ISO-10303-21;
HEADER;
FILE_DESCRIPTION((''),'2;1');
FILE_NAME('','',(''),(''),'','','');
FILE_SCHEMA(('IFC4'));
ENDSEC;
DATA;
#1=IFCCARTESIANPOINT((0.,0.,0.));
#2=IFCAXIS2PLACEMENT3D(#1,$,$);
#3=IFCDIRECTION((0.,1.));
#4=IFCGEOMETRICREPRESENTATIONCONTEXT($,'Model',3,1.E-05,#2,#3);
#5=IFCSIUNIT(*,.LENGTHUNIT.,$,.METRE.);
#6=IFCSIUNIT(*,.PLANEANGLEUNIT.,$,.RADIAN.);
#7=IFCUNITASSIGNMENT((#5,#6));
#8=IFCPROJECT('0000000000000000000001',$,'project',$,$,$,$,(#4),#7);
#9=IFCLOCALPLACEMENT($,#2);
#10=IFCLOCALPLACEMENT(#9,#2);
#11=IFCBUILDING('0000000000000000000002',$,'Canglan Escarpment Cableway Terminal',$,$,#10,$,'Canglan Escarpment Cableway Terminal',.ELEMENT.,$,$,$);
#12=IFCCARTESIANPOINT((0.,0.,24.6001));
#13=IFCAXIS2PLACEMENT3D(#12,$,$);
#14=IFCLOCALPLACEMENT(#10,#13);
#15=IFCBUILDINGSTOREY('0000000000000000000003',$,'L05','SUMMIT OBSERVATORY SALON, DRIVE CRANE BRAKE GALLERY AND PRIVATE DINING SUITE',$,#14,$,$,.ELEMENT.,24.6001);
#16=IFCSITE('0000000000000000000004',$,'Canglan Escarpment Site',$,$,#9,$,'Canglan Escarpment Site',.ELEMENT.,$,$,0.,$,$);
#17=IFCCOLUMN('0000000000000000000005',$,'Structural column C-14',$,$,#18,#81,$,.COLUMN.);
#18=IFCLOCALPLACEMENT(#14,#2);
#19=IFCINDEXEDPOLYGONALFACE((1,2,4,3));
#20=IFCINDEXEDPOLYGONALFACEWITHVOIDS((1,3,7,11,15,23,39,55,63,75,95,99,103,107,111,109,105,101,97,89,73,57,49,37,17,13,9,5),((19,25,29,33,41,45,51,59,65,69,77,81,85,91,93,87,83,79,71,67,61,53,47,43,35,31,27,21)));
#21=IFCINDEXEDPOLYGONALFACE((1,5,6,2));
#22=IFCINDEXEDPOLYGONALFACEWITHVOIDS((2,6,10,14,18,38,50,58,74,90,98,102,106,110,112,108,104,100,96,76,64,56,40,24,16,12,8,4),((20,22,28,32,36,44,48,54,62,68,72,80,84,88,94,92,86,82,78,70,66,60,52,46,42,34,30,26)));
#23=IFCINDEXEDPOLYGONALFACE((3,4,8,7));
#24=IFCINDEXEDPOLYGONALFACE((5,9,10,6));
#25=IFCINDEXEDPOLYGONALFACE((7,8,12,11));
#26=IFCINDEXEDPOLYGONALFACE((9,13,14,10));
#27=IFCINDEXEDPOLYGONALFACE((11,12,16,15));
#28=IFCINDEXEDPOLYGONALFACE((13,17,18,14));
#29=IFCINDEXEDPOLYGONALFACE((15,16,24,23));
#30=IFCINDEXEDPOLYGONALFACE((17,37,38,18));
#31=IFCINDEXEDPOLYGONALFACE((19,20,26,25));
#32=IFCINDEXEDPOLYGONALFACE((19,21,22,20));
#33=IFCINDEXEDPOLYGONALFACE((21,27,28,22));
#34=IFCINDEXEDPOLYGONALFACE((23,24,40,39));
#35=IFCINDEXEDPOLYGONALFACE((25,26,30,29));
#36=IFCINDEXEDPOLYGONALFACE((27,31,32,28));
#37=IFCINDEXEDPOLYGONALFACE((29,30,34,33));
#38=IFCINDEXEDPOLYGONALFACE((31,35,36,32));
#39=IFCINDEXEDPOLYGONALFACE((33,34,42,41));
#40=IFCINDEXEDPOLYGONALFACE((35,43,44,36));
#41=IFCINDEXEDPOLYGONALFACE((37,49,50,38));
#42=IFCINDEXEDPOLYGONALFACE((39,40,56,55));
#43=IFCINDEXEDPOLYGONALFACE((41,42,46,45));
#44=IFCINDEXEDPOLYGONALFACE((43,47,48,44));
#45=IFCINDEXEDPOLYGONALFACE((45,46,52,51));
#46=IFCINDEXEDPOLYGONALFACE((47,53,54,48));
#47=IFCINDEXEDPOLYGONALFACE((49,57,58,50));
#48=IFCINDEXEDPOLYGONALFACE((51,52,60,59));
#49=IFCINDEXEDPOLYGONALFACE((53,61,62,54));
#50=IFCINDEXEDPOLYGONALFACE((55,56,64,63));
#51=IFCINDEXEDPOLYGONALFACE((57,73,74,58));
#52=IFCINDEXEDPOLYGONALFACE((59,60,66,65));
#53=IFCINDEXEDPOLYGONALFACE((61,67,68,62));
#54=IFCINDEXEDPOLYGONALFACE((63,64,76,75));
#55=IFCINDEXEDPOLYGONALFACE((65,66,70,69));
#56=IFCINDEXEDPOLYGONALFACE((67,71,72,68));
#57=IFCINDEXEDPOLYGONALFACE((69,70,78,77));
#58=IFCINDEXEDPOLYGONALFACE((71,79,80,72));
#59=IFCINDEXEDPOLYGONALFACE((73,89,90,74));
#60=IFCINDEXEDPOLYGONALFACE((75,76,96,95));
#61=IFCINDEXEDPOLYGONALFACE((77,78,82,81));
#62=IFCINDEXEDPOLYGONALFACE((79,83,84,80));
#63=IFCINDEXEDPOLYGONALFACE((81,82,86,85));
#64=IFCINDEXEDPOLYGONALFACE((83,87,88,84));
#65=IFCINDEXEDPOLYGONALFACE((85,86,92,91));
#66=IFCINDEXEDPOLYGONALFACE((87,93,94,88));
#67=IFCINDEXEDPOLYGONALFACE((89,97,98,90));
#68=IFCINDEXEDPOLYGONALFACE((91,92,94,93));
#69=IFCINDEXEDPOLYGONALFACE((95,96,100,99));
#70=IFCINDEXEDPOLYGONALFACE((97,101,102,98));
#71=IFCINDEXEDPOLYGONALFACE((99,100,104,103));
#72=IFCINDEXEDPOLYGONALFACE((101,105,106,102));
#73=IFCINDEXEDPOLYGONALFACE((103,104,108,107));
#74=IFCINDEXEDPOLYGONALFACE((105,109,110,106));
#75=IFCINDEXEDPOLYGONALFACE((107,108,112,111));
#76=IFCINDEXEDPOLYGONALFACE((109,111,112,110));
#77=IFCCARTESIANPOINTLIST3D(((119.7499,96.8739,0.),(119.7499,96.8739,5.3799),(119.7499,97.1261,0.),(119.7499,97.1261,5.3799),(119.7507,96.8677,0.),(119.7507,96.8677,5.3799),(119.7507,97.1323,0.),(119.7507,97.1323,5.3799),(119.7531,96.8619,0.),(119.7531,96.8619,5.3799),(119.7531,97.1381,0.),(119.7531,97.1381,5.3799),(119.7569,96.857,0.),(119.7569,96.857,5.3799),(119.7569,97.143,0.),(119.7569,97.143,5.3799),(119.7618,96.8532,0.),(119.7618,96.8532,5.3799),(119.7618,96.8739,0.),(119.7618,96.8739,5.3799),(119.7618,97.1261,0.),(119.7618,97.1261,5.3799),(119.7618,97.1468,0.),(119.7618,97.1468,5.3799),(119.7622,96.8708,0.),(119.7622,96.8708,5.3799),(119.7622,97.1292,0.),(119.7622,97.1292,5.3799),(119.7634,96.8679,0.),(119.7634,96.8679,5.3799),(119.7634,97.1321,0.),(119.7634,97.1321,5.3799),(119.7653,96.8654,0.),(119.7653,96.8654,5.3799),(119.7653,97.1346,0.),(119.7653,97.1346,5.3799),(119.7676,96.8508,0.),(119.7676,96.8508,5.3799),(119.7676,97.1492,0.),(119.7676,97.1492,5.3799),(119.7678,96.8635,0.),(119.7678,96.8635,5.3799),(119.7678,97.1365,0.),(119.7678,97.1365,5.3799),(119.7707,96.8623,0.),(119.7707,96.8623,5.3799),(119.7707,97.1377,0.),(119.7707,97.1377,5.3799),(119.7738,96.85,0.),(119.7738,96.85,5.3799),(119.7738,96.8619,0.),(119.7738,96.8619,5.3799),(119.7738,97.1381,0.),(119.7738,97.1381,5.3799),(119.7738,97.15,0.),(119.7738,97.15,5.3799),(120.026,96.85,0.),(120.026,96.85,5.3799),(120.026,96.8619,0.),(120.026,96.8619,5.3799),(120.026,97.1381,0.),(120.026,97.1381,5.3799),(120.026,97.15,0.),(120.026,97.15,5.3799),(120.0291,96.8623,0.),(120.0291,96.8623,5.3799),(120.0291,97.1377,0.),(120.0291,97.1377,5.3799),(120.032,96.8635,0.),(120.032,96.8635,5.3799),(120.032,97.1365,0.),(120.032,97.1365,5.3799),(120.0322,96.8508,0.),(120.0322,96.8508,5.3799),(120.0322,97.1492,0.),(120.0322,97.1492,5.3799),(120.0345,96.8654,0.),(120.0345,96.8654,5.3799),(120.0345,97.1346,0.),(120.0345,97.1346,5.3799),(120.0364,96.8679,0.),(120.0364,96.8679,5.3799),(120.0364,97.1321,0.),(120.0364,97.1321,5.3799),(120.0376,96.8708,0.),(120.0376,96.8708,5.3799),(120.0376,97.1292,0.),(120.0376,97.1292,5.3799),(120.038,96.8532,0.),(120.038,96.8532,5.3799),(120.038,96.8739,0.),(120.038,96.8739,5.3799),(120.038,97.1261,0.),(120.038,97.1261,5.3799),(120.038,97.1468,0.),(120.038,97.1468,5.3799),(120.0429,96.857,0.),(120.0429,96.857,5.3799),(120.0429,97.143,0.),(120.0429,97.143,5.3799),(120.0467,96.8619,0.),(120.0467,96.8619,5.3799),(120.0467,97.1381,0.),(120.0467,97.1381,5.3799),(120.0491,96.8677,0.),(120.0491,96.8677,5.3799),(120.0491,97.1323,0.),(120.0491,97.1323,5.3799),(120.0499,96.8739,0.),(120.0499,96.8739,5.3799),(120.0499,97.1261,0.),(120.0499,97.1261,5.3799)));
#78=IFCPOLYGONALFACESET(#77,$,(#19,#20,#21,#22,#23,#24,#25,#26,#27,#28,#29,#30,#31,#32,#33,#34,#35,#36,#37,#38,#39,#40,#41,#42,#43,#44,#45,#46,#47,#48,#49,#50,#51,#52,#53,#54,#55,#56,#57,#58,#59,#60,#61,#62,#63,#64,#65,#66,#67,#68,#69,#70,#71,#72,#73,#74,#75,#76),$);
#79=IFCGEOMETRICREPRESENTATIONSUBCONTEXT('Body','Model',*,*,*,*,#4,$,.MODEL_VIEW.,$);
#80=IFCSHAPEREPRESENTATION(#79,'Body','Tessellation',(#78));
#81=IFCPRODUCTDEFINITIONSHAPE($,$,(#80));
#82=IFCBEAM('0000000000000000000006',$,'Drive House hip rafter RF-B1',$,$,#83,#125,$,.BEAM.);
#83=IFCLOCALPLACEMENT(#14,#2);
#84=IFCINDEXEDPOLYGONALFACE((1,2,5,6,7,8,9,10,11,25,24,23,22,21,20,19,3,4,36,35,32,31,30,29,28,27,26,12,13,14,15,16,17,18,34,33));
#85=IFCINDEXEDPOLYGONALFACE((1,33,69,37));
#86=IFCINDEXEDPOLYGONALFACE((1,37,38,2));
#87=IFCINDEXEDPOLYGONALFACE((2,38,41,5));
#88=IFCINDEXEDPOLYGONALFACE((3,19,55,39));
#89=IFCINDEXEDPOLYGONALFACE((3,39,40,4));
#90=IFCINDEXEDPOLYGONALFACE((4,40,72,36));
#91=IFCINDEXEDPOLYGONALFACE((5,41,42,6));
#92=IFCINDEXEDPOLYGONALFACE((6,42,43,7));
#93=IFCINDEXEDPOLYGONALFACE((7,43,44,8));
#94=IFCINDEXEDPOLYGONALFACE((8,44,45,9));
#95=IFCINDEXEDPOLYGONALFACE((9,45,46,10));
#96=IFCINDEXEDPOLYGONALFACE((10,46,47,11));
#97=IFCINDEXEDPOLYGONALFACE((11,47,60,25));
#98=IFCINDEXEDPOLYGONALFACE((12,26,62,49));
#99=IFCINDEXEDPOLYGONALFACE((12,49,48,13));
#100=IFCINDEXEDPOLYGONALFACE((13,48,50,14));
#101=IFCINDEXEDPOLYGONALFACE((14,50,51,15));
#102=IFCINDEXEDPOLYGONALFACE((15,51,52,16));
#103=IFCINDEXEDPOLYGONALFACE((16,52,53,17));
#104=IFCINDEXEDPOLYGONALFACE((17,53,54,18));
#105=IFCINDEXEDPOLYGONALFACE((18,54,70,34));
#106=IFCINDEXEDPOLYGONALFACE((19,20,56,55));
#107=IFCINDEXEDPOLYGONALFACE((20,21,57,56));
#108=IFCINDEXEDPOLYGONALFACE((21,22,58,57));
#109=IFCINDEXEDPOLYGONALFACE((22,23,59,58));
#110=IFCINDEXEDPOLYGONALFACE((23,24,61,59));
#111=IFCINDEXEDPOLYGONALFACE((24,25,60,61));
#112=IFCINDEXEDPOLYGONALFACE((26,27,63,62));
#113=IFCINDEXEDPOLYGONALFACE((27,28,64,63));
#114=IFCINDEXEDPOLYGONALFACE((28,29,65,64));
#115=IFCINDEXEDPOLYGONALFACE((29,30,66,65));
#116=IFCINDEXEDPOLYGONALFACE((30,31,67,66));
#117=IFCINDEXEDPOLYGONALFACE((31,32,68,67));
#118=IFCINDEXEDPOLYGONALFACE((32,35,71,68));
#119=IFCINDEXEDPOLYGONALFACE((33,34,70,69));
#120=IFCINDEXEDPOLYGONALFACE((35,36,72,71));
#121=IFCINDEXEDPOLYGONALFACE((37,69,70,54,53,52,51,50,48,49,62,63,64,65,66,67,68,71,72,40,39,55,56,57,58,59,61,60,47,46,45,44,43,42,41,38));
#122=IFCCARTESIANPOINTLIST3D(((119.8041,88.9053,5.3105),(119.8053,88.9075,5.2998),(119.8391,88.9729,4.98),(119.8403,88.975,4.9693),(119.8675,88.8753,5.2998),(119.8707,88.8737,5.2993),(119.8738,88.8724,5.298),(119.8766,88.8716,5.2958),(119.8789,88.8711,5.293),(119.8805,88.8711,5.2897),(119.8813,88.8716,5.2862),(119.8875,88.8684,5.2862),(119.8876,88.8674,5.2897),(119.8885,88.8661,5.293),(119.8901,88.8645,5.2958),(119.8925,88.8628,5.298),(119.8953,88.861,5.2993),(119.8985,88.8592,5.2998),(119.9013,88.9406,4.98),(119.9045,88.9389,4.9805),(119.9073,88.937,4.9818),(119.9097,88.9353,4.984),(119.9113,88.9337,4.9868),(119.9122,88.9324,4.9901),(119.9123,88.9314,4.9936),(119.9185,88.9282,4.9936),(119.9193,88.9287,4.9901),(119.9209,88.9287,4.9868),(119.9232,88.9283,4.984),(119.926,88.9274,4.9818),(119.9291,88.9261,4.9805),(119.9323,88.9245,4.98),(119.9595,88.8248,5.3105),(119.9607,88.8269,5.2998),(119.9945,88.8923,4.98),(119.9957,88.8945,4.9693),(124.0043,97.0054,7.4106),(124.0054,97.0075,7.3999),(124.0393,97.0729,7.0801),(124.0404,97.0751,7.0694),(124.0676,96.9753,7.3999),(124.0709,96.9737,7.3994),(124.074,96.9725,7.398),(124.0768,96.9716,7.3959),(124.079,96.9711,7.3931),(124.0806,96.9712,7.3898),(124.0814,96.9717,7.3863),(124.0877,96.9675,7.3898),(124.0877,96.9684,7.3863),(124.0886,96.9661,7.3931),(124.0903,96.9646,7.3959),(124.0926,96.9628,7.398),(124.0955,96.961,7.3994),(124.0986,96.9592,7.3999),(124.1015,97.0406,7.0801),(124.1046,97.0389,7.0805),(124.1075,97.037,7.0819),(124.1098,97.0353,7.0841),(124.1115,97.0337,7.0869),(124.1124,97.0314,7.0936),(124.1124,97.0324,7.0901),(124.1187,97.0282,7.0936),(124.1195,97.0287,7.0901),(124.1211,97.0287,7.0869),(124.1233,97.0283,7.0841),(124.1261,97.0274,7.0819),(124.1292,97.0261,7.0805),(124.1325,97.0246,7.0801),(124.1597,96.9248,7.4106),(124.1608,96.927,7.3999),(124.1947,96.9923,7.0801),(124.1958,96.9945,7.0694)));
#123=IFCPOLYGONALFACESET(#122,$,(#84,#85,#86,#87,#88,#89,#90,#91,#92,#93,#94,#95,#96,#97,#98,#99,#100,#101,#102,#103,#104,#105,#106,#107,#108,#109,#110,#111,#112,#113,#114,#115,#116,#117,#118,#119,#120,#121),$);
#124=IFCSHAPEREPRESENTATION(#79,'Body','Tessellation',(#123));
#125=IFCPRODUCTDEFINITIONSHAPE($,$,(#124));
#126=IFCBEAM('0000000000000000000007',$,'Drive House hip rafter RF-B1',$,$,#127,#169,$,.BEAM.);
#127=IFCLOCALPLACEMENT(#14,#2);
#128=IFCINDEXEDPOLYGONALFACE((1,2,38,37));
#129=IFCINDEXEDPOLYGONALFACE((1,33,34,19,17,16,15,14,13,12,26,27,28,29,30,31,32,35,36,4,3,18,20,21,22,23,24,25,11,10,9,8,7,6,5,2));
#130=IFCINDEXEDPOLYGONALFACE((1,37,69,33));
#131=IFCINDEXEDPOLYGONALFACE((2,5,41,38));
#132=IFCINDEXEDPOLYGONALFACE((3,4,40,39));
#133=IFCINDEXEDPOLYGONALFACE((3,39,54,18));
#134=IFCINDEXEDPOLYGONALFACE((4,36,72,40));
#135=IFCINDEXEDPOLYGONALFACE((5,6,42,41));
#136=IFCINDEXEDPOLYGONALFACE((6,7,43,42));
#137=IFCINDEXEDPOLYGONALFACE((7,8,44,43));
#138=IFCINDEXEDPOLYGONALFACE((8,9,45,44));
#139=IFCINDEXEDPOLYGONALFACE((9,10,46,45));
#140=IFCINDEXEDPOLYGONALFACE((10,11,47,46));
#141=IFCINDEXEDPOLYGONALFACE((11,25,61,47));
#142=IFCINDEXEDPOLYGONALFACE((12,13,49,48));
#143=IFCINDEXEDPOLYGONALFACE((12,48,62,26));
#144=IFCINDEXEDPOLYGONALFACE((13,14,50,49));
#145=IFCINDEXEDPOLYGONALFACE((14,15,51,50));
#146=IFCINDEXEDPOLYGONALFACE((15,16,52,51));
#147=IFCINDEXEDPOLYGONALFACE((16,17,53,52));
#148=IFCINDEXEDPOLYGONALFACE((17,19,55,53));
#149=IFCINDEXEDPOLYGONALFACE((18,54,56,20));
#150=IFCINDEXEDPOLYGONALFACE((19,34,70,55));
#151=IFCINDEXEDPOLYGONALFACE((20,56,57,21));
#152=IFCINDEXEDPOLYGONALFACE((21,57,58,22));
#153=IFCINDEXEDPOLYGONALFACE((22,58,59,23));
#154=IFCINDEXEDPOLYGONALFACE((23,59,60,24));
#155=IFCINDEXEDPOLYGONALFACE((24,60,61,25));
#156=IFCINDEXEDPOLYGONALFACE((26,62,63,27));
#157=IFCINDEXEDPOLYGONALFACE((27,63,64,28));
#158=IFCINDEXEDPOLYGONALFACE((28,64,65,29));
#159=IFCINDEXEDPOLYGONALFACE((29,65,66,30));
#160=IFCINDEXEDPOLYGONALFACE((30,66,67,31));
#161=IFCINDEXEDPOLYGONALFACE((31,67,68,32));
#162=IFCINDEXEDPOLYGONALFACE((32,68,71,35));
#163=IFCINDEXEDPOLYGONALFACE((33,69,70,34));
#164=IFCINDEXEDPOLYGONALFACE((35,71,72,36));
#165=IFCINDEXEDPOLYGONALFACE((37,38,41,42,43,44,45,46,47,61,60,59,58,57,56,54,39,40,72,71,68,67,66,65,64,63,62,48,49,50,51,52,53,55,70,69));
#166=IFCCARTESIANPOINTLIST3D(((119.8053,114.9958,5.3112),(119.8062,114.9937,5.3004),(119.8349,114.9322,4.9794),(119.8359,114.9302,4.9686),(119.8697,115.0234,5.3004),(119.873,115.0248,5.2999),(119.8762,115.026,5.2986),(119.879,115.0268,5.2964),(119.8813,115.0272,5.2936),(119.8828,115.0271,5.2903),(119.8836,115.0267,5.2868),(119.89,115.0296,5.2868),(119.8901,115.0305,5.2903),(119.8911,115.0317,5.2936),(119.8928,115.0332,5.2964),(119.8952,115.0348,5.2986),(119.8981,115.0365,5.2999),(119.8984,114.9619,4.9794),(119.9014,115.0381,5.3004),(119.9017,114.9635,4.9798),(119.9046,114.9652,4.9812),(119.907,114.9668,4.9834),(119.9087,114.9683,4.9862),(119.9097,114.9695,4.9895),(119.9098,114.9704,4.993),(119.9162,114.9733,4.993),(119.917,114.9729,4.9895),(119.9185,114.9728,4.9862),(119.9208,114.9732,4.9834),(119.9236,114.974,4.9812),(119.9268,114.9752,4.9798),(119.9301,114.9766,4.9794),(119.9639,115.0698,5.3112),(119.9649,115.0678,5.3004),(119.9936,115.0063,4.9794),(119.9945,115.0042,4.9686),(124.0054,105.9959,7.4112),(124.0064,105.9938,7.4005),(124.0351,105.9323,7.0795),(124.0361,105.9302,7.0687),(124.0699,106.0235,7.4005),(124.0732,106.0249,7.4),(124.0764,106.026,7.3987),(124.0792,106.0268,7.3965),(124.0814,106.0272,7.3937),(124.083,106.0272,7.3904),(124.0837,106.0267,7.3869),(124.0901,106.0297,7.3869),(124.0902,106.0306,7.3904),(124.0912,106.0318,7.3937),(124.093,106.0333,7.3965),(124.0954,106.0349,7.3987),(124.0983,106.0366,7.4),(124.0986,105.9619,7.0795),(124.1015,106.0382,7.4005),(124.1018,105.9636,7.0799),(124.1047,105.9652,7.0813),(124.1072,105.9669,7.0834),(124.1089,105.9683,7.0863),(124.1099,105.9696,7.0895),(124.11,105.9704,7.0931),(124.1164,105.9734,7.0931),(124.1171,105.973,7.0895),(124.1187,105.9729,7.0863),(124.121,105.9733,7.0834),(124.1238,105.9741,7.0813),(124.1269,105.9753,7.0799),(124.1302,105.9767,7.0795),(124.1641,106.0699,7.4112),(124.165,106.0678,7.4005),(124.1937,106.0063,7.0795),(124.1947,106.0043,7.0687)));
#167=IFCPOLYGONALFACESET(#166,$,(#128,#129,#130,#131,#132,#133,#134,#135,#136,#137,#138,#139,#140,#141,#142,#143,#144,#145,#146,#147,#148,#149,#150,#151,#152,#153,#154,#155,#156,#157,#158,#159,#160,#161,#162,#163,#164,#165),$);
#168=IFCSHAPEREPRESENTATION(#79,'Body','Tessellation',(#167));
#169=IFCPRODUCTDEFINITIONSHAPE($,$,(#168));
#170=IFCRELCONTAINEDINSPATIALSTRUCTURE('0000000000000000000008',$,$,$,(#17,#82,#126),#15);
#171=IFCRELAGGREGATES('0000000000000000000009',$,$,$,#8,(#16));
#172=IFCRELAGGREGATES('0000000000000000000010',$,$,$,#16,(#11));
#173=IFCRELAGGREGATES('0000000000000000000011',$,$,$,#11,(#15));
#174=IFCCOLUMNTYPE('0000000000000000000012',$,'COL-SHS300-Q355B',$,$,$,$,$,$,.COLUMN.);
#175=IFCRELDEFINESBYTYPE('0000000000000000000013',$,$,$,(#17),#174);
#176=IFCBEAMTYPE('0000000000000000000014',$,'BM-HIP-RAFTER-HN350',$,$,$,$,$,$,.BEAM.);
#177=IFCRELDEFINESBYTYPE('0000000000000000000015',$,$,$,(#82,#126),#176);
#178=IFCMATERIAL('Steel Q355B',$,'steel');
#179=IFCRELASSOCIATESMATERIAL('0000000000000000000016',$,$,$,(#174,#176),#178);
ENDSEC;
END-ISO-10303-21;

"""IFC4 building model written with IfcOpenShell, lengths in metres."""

from ifc_helpers import new_model, si_unit, direction, frame, origin, origin_2d, place, context, subcontext, project, spatial, hollow_rectangle, i_section, extrude, material, material_profile, profile_set, type_object, element, save


model = new_model("IFC4")

# Units and contexts
model_context = context("Model", 3, precision=1e-05, world=origin(), true_north=direction((0.0, 1.0)))
body_context = subcontext(model_context, "Body", "Model", "MODEL_VIEW")
ifc_project = project(units=[si_unit("LENGTHUNIT", "METRE"), si_unit("PLANEANGLEUNIT", "RADIAN")], contexts=[model_context])

# Site, building, storey
site_placement = place(None, origin())
site = spatial("IfcSite", under=ifc_project, at=site_placement, Name="Canglan Escarpment Site", LongName="Canglan Escarpment Site", CompositionType="ELEMENT", RefElevation=0.0)
building_placement = place(site_placement, origin())
building = spatial("IfcBuilding", under=site, at=building_placement, Name="Canglan Escarpment Cableway Terminal", LongName="Canglan Escarpment Cableway Terminal", CompositionType="ELEMENT")
storey_placement = place(building_placement, frame((0.0, 0.0, 24.6001)))
storey = spatial("IfcBuildingStorey", under=building, at=storey_placement, Name="L05", Description="SUMMIT OBSERVATORY SALON, DRIVE CRANE BRAKE GALLERY AND PRIVATE DINING SUITE", CompositionType="ELEMENT", Elevation=24.6001)

# Column
ifc_material_1 = material(Name="Steel Q355B", Category="steel")
ifc_material_profile_1 = material_profile(ifc_material_1, hollow_rectangle(XDim=0.3, YDim=0.3, WallThickness=0.012, InnerFilletRadius=0.012, OuterFilletRadius=0.0239, at=origin_2d()), Name="SHS 300x300x12")
ifc_profile_set_1 = profile_set([ifc_material_profile_1], Name="Steel Q355B")
column_type_1 = type_object("IfcColumnType", Name="COL-SHS300-Q355B", PredefinedType="COLUMN", material=ifc_profile_set_1)
column_1_placement = place(storey_placement, frame((119.8999, 97.0, 0.0), z_axis=(0.0, 0.0, 1.0), x_axis=(1.0, 0.0, 0.0)))
element("IfcColumn", 1, at=column_1_placement, inside=storey, type_object=column_type_1, Name="Structural column C-14", PredefinedType="COLUMN", context=body_context, shape_type="SweptSolid", body=[
    extrude(hollow_rectangle(XDim=0.3, YDim=0.3, WallThickness=0.012, InnerFilletRadius=0.012, OuterFilletRadius=0.0239, at=origin_2d()), origin(), (0.0, 0.0, 1.0), 5.3799),
])

# Beams
ifc_material_profile_2 = material_profile(ifc_material_1, i_section(OverallWidth=0.175, OverallDepth=0.3501, WebThickness=0.0071, FlangeThickness=0.011, FilletRadius=0.0139, at=origin_2d()), Name="HN 350x175x7x11")
ifc_profile_set_2 = profile_set([ifc_material_profile_2], Name="Steel Q355B")
beam_type_1 = type_object("IfcBeamType", Name="BM-HIP-RAFTER-HN350", PredefinedType="BEAM", material=ifc_profile_set_2)
beam_1_placement = place(storey_placement, frame((119.8999, 88.8999, 5.1399), z_axis=(0.448601, 0.865128, 0.2243), x_axis=(-0.887748, 0.46033, 0.0)))
element("IfcBeam", 2, at=beam_1_placement, inside=storey, type_object=beam_type_1, Name="Drive House hip rafter RF-B1", PredefinedType="BEAM", context=body_context, shape_type="SweptSolid", body=[
    extrude(i_section(OverallWidth=0.175, OverallDepth=0.3501, WebThickness=0.0071, FlangeThickness=0.011, FilletRadius=0.0139, at=origin_2d()), origin(), (0.0, 0.0, 1.0), 9.3628),
])
beam_2_placement = place(storey_placement, frame((119.8999, 115.0, 5.1399), z_axis=(0.413753, -0.886572, 0.206877), x_axis=(0.906176, 0.422902, 0.0)))
element("IfcBeam", 3, at=beam_2_placement, inside=storey, type_object=beam_type_1, Name="Drive House hip rafter RF-B1", PredefinedType="BEAM", context=body_context, shape_type="SweptSolid", body=[
    extrude(i_section(OverallWidth=0.175, OverallDepth=0.3501, WebThickness=0.0071, FlangeThickness=0.011, FilletRadius=0.0139, at=origin_2d()), origin(), (0.0, 0.0, 1.0), 10.1514),
])

save(model, "model.ifc")
